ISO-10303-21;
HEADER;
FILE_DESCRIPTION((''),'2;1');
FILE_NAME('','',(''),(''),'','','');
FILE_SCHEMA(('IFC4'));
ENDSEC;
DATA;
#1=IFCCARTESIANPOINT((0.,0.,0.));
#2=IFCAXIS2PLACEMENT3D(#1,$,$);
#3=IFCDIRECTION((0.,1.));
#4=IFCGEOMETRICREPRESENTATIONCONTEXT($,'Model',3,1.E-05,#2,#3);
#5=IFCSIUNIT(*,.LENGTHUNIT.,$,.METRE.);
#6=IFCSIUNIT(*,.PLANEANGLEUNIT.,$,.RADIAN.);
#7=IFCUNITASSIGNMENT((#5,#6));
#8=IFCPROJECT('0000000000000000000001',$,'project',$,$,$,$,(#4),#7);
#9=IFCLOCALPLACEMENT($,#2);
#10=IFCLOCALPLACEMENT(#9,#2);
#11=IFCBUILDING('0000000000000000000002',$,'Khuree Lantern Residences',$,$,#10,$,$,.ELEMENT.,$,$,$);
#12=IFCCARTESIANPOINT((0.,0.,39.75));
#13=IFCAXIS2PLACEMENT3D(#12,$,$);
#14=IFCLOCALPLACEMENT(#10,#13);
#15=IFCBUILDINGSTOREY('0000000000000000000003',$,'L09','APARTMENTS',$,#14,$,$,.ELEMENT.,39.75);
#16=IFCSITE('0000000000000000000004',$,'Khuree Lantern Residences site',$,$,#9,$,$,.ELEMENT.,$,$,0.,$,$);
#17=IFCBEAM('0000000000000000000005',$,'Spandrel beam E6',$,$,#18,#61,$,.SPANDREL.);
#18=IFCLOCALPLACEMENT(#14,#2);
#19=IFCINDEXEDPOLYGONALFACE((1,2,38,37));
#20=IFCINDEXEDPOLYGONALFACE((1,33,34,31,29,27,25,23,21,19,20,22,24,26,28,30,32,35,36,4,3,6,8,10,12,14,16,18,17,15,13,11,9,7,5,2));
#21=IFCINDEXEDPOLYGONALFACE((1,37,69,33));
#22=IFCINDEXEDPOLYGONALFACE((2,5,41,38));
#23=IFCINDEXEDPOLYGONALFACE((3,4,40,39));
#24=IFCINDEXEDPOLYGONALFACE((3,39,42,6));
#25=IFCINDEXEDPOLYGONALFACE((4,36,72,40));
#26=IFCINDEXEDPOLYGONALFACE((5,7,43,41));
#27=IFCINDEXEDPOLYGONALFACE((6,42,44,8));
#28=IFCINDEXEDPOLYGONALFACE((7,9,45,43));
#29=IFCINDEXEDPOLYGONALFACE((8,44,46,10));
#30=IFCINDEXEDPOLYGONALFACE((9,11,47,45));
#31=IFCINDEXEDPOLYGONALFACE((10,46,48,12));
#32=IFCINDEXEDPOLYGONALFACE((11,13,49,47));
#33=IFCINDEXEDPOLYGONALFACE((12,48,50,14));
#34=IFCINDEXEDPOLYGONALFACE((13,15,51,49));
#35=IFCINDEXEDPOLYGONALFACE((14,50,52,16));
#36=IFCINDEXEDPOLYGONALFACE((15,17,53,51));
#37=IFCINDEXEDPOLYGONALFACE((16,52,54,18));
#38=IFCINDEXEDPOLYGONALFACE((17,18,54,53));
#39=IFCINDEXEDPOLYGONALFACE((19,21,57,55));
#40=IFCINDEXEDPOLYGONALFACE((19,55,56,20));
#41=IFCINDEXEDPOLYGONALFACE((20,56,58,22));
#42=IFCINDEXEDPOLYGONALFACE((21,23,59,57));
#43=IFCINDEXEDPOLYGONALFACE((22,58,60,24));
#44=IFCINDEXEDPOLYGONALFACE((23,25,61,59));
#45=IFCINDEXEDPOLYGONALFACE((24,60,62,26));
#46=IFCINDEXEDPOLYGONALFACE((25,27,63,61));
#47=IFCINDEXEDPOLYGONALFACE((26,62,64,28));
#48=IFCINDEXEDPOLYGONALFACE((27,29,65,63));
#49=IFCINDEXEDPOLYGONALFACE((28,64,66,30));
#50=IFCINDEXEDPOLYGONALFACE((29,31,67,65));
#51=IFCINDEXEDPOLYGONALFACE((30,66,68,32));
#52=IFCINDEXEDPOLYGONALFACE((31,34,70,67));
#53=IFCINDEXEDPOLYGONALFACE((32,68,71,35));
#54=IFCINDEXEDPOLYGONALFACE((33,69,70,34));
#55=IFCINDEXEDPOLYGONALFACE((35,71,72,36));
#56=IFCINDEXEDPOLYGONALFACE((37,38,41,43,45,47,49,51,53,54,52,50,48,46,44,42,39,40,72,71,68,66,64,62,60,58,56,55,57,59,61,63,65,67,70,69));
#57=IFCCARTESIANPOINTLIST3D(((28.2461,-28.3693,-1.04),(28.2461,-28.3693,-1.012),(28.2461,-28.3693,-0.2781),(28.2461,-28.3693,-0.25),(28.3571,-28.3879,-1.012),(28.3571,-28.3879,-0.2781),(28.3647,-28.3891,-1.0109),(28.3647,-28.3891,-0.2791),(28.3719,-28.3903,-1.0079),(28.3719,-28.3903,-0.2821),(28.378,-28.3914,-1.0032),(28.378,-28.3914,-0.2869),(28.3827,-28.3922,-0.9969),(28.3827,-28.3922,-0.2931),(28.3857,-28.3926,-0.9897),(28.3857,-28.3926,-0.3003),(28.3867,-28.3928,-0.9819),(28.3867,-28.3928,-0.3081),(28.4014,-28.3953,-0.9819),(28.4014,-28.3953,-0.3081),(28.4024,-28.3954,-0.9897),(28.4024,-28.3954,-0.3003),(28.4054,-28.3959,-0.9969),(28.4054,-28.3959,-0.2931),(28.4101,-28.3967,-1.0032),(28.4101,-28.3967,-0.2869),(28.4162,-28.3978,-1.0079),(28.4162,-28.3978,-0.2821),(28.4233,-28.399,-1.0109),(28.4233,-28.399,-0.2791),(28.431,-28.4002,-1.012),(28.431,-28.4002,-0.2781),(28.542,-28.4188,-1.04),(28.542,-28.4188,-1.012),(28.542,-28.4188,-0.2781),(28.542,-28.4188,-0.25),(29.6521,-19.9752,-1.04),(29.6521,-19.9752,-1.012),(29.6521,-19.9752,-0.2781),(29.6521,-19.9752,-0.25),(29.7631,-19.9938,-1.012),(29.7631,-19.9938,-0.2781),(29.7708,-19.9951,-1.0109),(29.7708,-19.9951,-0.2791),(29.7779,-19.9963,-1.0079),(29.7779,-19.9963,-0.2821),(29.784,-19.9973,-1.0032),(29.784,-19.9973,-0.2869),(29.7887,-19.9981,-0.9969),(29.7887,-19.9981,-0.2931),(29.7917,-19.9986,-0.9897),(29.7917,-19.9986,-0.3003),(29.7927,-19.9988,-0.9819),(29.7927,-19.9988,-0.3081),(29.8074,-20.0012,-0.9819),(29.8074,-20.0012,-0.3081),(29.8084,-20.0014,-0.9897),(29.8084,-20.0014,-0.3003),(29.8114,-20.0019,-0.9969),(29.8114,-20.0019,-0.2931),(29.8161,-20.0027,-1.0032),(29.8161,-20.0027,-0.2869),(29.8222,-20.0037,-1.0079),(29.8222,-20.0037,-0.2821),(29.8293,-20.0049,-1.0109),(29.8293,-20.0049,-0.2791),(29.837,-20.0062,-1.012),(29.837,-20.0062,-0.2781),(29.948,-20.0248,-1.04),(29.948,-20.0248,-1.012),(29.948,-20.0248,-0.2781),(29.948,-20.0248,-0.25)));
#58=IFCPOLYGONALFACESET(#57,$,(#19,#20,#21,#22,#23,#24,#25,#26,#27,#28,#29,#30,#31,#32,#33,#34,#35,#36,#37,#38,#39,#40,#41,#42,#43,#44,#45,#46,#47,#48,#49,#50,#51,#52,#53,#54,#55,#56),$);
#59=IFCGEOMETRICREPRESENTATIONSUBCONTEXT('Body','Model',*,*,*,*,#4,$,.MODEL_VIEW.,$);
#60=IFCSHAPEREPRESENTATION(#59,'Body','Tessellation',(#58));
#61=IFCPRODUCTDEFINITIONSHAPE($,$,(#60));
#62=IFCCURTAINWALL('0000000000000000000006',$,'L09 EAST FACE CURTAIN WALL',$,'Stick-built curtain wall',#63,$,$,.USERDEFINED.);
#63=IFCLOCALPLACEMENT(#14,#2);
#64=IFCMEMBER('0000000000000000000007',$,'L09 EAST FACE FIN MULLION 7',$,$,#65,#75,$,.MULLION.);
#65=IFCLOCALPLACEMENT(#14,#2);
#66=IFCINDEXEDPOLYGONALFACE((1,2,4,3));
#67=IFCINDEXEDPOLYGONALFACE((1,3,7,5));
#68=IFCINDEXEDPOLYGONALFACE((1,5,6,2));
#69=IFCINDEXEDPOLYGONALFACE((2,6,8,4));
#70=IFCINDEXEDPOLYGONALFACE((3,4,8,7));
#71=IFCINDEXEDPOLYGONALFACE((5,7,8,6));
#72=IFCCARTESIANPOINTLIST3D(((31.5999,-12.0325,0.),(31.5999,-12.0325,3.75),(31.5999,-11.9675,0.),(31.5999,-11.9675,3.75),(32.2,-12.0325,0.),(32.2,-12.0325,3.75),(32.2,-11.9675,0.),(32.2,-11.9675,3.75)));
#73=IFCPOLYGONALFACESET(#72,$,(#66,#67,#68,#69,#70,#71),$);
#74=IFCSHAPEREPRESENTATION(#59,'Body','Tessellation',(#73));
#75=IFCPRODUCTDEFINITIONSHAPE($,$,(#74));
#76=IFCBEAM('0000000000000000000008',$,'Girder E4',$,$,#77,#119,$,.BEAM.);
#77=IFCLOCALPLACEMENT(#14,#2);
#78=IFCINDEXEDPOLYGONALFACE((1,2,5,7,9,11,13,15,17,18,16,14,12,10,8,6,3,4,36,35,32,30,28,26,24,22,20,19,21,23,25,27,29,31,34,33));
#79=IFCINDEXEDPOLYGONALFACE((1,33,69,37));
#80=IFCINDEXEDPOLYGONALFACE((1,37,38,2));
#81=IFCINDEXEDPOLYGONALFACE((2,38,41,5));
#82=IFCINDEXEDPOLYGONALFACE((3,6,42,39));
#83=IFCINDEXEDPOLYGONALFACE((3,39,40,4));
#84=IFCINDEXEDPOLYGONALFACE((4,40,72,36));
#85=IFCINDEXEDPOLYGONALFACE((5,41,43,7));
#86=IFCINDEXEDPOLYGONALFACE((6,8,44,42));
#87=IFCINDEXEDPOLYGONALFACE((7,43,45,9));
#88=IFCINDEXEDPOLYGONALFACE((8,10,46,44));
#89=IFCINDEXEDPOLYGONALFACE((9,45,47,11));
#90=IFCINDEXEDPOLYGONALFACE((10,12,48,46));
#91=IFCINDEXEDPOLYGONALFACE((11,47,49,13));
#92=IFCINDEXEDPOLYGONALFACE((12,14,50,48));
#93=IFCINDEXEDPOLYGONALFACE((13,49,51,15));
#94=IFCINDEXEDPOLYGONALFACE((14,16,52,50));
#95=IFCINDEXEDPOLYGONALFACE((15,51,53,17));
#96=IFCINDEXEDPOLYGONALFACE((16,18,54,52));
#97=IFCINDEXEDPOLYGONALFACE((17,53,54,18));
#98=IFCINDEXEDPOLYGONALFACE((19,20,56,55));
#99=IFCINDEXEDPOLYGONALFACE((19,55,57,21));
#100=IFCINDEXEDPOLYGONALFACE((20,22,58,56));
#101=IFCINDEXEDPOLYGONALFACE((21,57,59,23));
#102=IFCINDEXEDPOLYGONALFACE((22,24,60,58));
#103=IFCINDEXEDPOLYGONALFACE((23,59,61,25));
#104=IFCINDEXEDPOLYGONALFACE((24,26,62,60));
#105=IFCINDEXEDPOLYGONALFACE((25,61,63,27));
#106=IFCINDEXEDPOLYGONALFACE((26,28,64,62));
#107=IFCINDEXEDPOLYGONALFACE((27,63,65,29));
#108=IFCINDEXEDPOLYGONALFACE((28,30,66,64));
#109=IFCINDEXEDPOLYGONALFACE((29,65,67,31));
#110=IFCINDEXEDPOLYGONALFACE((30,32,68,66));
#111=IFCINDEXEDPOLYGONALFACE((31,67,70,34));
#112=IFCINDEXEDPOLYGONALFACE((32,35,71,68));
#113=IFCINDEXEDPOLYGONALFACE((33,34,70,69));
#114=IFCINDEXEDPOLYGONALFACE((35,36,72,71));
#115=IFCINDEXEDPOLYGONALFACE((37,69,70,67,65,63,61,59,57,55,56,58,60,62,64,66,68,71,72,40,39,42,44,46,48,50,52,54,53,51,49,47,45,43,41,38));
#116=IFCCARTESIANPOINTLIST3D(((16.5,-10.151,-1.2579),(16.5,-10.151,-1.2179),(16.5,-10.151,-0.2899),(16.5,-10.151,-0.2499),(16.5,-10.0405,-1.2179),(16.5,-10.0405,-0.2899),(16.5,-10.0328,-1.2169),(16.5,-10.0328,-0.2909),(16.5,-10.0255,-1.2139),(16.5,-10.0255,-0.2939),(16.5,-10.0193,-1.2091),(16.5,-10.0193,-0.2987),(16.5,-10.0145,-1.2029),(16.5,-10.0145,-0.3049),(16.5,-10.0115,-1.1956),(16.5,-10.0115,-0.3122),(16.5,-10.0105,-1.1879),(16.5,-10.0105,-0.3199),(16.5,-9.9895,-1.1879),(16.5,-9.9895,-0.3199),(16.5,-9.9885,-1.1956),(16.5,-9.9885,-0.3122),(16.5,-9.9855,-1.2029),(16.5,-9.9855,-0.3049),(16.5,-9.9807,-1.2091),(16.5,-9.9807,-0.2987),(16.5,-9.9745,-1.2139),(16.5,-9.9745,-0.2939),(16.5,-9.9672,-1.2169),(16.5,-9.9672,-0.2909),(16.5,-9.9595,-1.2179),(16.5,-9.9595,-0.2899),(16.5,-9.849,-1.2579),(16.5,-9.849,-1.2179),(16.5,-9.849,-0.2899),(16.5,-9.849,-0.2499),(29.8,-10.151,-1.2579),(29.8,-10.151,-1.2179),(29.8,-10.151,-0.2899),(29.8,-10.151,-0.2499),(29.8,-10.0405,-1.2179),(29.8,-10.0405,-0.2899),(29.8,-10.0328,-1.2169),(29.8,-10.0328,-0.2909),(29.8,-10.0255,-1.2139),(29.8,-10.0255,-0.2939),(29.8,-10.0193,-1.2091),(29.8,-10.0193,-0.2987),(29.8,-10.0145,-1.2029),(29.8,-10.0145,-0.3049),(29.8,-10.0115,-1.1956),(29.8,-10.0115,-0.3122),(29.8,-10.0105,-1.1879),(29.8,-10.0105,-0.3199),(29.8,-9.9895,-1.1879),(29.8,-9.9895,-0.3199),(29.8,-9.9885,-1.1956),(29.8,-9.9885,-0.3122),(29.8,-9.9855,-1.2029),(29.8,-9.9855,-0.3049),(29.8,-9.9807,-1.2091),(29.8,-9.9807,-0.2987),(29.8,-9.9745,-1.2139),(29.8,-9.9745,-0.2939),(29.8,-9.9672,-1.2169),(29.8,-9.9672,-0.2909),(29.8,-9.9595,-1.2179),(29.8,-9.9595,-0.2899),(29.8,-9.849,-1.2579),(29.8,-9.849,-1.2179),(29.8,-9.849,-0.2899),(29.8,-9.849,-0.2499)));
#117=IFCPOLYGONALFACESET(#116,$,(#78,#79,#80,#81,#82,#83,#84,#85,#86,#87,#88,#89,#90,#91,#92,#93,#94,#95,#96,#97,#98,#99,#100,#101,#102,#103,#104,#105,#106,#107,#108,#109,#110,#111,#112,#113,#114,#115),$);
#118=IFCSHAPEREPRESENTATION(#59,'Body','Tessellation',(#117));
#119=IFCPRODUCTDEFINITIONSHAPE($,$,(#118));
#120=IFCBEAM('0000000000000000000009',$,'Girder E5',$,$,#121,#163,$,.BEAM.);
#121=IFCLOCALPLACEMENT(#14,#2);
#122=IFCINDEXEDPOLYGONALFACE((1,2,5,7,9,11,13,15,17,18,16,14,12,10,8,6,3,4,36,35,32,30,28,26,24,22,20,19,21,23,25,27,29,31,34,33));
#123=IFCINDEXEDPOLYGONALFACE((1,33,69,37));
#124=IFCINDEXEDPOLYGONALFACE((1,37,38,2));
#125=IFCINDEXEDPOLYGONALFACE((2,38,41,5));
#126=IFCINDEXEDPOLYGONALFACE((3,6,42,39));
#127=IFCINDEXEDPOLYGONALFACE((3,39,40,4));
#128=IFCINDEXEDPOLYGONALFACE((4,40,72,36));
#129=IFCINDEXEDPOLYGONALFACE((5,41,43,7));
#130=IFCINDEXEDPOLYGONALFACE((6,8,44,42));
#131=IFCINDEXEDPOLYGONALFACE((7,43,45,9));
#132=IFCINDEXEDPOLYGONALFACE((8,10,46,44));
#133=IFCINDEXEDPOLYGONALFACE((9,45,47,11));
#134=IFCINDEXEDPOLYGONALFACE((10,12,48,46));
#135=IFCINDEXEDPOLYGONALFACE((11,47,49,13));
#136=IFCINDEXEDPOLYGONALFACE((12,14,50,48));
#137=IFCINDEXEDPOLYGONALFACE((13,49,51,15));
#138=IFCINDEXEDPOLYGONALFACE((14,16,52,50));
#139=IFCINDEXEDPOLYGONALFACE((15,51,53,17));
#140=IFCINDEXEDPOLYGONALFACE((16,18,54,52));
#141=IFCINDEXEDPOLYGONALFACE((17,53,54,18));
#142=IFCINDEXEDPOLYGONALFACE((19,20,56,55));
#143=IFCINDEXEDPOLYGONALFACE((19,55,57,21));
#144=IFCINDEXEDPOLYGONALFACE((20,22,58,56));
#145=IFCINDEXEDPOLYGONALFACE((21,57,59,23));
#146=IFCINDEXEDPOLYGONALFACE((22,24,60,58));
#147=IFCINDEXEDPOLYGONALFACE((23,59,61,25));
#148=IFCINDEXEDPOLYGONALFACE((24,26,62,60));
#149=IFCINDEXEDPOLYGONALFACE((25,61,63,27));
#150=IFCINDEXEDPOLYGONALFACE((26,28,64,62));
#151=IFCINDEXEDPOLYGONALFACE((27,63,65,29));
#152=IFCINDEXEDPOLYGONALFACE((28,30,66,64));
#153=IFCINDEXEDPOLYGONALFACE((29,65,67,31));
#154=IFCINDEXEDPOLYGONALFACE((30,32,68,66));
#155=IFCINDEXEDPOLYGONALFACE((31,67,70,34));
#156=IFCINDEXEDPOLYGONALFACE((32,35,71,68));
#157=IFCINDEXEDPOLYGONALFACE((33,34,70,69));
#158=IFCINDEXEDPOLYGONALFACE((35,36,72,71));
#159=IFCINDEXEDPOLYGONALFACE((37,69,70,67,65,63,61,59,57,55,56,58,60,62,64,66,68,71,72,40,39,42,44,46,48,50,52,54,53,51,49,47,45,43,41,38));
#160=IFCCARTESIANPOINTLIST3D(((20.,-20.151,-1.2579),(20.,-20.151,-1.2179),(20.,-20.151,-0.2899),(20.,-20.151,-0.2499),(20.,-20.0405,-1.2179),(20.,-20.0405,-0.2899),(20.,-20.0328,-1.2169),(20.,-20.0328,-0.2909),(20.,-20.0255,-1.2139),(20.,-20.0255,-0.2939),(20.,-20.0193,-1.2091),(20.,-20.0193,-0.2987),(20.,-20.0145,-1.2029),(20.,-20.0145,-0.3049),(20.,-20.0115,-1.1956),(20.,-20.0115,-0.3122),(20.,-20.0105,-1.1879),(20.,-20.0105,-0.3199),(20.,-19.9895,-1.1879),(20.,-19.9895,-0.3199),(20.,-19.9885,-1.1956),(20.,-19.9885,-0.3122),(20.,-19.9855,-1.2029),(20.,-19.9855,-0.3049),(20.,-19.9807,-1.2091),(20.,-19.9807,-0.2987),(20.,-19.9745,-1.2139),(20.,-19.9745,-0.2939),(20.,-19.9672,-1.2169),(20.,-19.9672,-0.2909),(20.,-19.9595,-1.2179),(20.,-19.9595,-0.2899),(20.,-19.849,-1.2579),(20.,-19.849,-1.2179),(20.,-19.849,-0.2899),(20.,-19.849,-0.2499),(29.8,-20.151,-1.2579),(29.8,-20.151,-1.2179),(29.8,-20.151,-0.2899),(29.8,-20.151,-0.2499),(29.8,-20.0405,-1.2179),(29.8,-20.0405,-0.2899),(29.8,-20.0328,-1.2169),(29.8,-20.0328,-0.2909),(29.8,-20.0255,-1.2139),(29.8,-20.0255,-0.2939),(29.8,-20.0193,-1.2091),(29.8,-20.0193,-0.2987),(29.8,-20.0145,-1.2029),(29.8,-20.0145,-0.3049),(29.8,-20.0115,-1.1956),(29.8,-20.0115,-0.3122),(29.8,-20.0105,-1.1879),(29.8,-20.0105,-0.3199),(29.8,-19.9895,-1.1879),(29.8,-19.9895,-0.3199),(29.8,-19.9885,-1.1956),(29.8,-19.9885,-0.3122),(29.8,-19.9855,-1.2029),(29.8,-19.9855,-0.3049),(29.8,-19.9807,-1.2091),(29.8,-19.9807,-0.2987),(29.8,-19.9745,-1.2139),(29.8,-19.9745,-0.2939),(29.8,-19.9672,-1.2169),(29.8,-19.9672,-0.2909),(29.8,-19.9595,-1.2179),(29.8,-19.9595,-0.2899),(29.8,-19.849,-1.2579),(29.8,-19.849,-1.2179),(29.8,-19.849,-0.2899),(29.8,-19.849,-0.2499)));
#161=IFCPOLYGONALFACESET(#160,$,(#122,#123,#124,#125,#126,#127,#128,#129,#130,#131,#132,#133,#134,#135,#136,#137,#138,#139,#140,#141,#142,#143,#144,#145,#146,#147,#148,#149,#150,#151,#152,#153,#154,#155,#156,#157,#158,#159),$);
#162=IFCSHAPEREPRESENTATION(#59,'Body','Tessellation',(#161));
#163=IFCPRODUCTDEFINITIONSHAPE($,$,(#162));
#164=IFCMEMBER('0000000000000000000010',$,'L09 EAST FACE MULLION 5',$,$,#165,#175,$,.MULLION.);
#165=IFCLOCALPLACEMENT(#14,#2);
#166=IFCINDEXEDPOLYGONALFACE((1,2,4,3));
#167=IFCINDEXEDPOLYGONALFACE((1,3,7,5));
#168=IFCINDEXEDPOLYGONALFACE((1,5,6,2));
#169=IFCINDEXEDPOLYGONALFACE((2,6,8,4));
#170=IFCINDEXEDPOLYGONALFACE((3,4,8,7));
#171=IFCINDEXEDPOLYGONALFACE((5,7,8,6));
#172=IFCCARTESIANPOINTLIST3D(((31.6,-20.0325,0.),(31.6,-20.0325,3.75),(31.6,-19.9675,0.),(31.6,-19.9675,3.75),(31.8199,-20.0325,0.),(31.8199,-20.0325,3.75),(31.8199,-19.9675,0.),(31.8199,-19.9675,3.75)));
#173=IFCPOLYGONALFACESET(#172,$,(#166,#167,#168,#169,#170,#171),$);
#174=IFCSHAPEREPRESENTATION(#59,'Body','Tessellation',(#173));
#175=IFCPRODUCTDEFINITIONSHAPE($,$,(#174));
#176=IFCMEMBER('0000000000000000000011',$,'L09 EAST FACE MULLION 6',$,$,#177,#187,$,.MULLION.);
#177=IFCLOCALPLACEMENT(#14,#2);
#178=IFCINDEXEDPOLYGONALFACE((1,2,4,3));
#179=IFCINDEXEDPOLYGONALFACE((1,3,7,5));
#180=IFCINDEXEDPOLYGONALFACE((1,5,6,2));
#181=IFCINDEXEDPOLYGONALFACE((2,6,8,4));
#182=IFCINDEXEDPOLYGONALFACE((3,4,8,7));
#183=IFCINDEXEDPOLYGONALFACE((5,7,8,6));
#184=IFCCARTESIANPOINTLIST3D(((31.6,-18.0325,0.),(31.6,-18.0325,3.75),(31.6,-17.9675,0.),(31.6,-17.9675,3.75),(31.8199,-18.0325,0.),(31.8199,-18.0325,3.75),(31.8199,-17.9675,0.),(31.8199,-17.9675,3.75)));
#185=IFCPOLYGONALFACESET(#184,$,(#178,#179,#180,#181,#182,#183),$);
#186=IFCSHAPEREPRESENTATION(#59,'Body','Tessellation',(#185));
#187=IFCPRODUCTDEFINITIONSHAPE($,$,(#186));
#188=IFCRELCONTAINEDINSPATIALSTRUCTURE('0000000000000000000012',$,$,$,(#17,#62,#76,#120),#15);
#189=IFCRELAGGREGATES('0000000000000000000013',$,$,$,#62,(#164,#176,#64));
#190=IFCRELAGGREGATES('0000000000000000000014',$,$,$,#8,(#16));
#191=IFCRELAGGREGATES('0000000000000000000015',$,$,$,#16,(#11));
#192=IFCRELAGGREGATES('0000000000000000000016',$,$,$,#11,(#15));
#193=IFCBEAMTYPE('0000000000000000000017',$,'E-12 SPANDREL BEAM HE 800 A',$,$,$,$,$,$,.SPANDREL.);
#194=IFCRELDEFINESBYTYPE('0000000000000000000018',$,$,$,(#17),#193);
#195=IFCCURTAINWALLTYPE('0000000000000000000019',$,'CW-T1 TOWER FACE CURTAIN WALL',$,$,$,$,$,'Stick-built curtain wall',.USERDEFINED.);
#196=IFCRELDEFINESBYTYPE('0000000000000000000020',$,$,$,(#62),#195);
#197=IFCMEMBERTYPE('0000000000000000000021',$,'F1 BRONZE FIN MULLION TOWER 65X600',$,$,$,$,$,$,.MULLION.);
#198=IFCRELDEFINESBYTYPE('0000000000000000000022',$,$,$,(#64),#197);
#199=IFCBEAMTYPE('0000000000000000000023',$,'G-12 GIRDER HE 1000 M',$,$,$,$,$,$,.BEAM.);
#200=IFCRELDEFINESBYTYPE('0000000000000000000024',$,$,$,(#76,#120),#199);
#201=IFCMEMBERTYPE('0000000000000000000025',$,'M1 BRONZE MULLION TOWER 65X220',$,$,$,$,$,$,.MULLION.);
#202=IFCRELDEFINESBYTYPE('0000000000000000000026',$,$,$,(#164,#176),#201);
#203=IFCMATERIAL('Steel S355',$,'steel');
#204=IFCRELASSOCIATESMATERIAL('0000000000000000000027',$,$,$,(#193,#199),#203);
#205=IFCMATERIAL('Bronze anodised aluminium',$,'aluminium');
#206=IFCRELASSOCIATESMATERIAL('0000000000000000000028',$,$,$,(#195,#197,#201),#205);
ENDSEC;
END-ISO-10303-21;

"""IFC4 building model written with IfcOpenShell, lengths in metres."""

from ifc_helpers import new_model, si_unit, direction, frame, origin, origin_2d, place, context, subcontext, project, spatial, rectangle, i_section, extrude, material, material_profile, profile_set, type_object, element, aggregate, save


model = new_model("IFC4")

# Units and contexts
model_context = context("Model", 3, precision=1e-05, world=origin(), true_north=direction((0.0, 1.0)))
body_context = subcontext(model_context, "Body", "Model", "MODEL_VIEW")
ifc_project = project(units=[si_unit("LENGTHUNIT", "METRE"), si_unit("PLANEANGLEUNIT", "RADIAN")], contexts=[model_context])

# Site, building, storey
site_placement = place(None, origin())
site = spatial("IfcSite", under=ifc_project, at=site_placement, Name="Khuree Lantern Residences site", CompositionType="ELEMENT", RefElevation=0.0)
building_placement = place(site_placement, origin())
building = spatial("IfcBuilding", under=site, at=building_placement, Name="Khuree Lantern Residences", CompositionType="ELEMENT")
storey_placement = place(building_placement, frame((0.0, 0.0, 39.75)))
storey = spatial("IfcBuildingStorey", under=building, at=storey_placement, Name="L09", Description="APARTMENTS", CompositionType="ELEMENT", Elevation=39.75)

# Beam
ifc_material_1 = material(Name="Steel S355", Category="steel")
ifc_material_profile_1 = material_profile(ifc_material_1, i_section(OverallWidth=0.3, OverallDepth=0.79, WebThickness=0.0149, FlangeThickness=0.0281, FilletRadius=0.03, at=origin_2d()), Name="HE 800 A")
ifc_profile_set_1 = profile_set([ifc_material_profile_1], Name="Steel S355")
beam_type_1 = type_object("IfcBeamType", Name="E-12 SPANDREL BEAM HE 800 A", PredefinedType="SPANDREL", material=ifc_profile_set_1)
beam_1_placement = place(storey_placement, frame((29.8, -20.0, -0.645), z_axis=(-0.165199, -0.98626, 0.0), x_axis=(0.98626, -0.165199, 0.0)))
element("IfcBeam", 1, at=beam_1_placement, inside=storey, type_object=beam_type_1, Name="Spandrel beam E6", PredefinedType="SPANDREL", context=body_context, shape_type="SweptSolid", body=[
    extrude(i_section(OverallWidth=0.3, OverallDepth=0.79, WebThickness=0.0149, FlangeThickness=0.0281, FilletRadius=0.03, at=origin_2d()), origin(), (0.0, 0.0, 1.0), 8.511),
])

# Curtain wall, member
ifc_material_2 = material(Name="Bronze anodised aluminium", Category="aluminium")
curtain_wall_type = type_object("IfcCurtainWallType", Name="CW-T1 TOWER FACE CURTAIN WALL", ElementType="Stick-built curtain wall", PredefinedType="USERDEFINED", material=ifc_material_2)
curtain_wall_placement = place(storey_placement, origin())
curtain_wall = element("IfcCurtainWall", 2, at=curtain_wall_placement, inside=storey, type_object=curtain_wall_type, Name="L09 EAST FACE CURTAIN WALL", ObjectType="Stick-built curtain wall", PredefinedType="USERDEFINED")
ifc_material_profile_2 = material_profile(ifc_material_2, rectangle(XDim=0.0649, YDim=0.6001, at=origin_2d()), Name="F1 65X600")
ifc_profile_set_2 = profile_set([ifc_material_profile_2], Name="Bronze anodised aluminium")
member_type_1 = type_object("IfcMemberType", Name="F1 BRONZE FIN MULLION TOWER 65X600", PredefinedType="MULLION", material=ifc_profile_set_2)
member_1_placement = place(storey_placement, frame((31.8999, -12.0, 0.0), z_axis=(0.0, 0.0, 1.0), x_axis=(0.0, 1.0, 0.0)))
member_1 = element("IfcMember", 3, at=member_1_placement, type_object=member_type_1, Name="L09 EAST FACE FIN MULLION 7", PredefinedType="MULLION", context=body_context, shape_type="SweptSolid", body=[
    extrude(rectangle(XDim=0.0649, YDim=0.6001, at=origin_2d()), origin(), (0.0, 0.0, 1.0), 3.75),
])

# Beams
ifc_material_profile_3 = material_profile(ifc_material_1, i_section(OverallWidth=0.302, OverallDepth=1.0081, WebThickness=0.021, FlangeThickness=0.04, FilletRadius=0.03, at=origin_2d()), Name="HE 1000 M")
ifc_profile_set_3 = profile_set([ifc_material_profile_3], Name="Steel S355")
beam_type_2 = type_object("IfcBeamType", Name="G-12 GIRDER HE 1000 M", PredefinedType="BEAM", material=ifc_profile_set_3)
beam_2_placement = place(storey_placement, frame((29.8, -10.0, -0.7539), z_axis=(-1.0, 0.0, 0.0), x_axis=(0.0, -1.0, 0.0)))
element("IfcBeam", 4, at=beam_2_placement, inside=storey, type_object=beam_type_2, Name="Girder E4", PredefinedType="BEAM", context=body_context, shape_type="SweptSolid", body=[
    extrude(i_section(OverallWidth=0.302, OverallDepth=1.0081, WebThickness=0.021, FlangeThickness=0.04, FilletRadius=0.03, at=origin_2d()), origin(), (0.0, 0.0, 1.0), 13.3),
])
beam_3_placement = place(storey_placement, frame((29.8, -20.0, -0.7539), z_axis=(-1.0, 0.0, 0.0), x_axis=(0.0, -1.0, 0.0)))
element("IfcBeam", 5, at=beam_3_placement, inside=storey, type_object=beam_type_2, Name="Girder E5", PredefinedType="BEAM", context=body_context, shape_type="SweptSolid", body=[
    extrude(i_section(OverallWidth=0.302, OverallDepth=1.0081, WebThickness=0.021, FlangeThickness=0.04, FilletRadius=0.03, at=origin_2d()), origin(), (0.0, 0.0, 1.0), 9.8),
])

# Members
ifc_material_profile_4 = material_profile(ifc_material_2, rectangle(XDim=0.0649, YDim=0.22, at=origin_2d()), Name="M1 65X220")
ifc_profile_set_4 = profile_set([ifc_material_profile_4], Name="Bronze anodised aluminium")
member_type_2 = type_object("IfcMemberType", Name="M1 BRONZE MULLION TOWER 65X220", PredefinedType="MULLION", material=ifc_profile_set_4)
member_2_placement = place(storey_placement, frame((31.71, -20.0, 0.0), z_axis=(0.0, 0.0, 1.0), x_axis=(0.0, 1.0, 0.0)))
member_2 = element("IfcMember", 6, at=member_2_placement, type_object=member_type_2, Name="L09 EAST FACE MULLION 5", PredefinedType="MULLION", context=body_context, shape_type="SweptSolid", body=[
    extrude(rectangle(XDim=0.0649, YDim=0.22, at=origin_2d()), origin(), (0.0, 0.0, 1.0), 3.75),
])
member_3_placement = place(storey_placement, frame((31.71, -18.0, 0.0), z_axis=(0.0, 0.0, 1.0), x_axis=(0.0, 1.0, 0.0)))
member_3 = element("IfcMember", 7, at=member_3_placement, type_object=member_type_2, Name="L09 EAST FACE MULLION 6", PredefinedType="MULLION", context=body_context, shape_type="SweptSolid", body=[
    extrude(rectangle(XDim=0.0649, YDim=0.22, at=origin_2d()), origin(), (0.0, 0.0, 1.0), 3.75),
])

aggregate(curtain_wall, [member_2, member_3, member_1])

save(model, "model.ifc")
